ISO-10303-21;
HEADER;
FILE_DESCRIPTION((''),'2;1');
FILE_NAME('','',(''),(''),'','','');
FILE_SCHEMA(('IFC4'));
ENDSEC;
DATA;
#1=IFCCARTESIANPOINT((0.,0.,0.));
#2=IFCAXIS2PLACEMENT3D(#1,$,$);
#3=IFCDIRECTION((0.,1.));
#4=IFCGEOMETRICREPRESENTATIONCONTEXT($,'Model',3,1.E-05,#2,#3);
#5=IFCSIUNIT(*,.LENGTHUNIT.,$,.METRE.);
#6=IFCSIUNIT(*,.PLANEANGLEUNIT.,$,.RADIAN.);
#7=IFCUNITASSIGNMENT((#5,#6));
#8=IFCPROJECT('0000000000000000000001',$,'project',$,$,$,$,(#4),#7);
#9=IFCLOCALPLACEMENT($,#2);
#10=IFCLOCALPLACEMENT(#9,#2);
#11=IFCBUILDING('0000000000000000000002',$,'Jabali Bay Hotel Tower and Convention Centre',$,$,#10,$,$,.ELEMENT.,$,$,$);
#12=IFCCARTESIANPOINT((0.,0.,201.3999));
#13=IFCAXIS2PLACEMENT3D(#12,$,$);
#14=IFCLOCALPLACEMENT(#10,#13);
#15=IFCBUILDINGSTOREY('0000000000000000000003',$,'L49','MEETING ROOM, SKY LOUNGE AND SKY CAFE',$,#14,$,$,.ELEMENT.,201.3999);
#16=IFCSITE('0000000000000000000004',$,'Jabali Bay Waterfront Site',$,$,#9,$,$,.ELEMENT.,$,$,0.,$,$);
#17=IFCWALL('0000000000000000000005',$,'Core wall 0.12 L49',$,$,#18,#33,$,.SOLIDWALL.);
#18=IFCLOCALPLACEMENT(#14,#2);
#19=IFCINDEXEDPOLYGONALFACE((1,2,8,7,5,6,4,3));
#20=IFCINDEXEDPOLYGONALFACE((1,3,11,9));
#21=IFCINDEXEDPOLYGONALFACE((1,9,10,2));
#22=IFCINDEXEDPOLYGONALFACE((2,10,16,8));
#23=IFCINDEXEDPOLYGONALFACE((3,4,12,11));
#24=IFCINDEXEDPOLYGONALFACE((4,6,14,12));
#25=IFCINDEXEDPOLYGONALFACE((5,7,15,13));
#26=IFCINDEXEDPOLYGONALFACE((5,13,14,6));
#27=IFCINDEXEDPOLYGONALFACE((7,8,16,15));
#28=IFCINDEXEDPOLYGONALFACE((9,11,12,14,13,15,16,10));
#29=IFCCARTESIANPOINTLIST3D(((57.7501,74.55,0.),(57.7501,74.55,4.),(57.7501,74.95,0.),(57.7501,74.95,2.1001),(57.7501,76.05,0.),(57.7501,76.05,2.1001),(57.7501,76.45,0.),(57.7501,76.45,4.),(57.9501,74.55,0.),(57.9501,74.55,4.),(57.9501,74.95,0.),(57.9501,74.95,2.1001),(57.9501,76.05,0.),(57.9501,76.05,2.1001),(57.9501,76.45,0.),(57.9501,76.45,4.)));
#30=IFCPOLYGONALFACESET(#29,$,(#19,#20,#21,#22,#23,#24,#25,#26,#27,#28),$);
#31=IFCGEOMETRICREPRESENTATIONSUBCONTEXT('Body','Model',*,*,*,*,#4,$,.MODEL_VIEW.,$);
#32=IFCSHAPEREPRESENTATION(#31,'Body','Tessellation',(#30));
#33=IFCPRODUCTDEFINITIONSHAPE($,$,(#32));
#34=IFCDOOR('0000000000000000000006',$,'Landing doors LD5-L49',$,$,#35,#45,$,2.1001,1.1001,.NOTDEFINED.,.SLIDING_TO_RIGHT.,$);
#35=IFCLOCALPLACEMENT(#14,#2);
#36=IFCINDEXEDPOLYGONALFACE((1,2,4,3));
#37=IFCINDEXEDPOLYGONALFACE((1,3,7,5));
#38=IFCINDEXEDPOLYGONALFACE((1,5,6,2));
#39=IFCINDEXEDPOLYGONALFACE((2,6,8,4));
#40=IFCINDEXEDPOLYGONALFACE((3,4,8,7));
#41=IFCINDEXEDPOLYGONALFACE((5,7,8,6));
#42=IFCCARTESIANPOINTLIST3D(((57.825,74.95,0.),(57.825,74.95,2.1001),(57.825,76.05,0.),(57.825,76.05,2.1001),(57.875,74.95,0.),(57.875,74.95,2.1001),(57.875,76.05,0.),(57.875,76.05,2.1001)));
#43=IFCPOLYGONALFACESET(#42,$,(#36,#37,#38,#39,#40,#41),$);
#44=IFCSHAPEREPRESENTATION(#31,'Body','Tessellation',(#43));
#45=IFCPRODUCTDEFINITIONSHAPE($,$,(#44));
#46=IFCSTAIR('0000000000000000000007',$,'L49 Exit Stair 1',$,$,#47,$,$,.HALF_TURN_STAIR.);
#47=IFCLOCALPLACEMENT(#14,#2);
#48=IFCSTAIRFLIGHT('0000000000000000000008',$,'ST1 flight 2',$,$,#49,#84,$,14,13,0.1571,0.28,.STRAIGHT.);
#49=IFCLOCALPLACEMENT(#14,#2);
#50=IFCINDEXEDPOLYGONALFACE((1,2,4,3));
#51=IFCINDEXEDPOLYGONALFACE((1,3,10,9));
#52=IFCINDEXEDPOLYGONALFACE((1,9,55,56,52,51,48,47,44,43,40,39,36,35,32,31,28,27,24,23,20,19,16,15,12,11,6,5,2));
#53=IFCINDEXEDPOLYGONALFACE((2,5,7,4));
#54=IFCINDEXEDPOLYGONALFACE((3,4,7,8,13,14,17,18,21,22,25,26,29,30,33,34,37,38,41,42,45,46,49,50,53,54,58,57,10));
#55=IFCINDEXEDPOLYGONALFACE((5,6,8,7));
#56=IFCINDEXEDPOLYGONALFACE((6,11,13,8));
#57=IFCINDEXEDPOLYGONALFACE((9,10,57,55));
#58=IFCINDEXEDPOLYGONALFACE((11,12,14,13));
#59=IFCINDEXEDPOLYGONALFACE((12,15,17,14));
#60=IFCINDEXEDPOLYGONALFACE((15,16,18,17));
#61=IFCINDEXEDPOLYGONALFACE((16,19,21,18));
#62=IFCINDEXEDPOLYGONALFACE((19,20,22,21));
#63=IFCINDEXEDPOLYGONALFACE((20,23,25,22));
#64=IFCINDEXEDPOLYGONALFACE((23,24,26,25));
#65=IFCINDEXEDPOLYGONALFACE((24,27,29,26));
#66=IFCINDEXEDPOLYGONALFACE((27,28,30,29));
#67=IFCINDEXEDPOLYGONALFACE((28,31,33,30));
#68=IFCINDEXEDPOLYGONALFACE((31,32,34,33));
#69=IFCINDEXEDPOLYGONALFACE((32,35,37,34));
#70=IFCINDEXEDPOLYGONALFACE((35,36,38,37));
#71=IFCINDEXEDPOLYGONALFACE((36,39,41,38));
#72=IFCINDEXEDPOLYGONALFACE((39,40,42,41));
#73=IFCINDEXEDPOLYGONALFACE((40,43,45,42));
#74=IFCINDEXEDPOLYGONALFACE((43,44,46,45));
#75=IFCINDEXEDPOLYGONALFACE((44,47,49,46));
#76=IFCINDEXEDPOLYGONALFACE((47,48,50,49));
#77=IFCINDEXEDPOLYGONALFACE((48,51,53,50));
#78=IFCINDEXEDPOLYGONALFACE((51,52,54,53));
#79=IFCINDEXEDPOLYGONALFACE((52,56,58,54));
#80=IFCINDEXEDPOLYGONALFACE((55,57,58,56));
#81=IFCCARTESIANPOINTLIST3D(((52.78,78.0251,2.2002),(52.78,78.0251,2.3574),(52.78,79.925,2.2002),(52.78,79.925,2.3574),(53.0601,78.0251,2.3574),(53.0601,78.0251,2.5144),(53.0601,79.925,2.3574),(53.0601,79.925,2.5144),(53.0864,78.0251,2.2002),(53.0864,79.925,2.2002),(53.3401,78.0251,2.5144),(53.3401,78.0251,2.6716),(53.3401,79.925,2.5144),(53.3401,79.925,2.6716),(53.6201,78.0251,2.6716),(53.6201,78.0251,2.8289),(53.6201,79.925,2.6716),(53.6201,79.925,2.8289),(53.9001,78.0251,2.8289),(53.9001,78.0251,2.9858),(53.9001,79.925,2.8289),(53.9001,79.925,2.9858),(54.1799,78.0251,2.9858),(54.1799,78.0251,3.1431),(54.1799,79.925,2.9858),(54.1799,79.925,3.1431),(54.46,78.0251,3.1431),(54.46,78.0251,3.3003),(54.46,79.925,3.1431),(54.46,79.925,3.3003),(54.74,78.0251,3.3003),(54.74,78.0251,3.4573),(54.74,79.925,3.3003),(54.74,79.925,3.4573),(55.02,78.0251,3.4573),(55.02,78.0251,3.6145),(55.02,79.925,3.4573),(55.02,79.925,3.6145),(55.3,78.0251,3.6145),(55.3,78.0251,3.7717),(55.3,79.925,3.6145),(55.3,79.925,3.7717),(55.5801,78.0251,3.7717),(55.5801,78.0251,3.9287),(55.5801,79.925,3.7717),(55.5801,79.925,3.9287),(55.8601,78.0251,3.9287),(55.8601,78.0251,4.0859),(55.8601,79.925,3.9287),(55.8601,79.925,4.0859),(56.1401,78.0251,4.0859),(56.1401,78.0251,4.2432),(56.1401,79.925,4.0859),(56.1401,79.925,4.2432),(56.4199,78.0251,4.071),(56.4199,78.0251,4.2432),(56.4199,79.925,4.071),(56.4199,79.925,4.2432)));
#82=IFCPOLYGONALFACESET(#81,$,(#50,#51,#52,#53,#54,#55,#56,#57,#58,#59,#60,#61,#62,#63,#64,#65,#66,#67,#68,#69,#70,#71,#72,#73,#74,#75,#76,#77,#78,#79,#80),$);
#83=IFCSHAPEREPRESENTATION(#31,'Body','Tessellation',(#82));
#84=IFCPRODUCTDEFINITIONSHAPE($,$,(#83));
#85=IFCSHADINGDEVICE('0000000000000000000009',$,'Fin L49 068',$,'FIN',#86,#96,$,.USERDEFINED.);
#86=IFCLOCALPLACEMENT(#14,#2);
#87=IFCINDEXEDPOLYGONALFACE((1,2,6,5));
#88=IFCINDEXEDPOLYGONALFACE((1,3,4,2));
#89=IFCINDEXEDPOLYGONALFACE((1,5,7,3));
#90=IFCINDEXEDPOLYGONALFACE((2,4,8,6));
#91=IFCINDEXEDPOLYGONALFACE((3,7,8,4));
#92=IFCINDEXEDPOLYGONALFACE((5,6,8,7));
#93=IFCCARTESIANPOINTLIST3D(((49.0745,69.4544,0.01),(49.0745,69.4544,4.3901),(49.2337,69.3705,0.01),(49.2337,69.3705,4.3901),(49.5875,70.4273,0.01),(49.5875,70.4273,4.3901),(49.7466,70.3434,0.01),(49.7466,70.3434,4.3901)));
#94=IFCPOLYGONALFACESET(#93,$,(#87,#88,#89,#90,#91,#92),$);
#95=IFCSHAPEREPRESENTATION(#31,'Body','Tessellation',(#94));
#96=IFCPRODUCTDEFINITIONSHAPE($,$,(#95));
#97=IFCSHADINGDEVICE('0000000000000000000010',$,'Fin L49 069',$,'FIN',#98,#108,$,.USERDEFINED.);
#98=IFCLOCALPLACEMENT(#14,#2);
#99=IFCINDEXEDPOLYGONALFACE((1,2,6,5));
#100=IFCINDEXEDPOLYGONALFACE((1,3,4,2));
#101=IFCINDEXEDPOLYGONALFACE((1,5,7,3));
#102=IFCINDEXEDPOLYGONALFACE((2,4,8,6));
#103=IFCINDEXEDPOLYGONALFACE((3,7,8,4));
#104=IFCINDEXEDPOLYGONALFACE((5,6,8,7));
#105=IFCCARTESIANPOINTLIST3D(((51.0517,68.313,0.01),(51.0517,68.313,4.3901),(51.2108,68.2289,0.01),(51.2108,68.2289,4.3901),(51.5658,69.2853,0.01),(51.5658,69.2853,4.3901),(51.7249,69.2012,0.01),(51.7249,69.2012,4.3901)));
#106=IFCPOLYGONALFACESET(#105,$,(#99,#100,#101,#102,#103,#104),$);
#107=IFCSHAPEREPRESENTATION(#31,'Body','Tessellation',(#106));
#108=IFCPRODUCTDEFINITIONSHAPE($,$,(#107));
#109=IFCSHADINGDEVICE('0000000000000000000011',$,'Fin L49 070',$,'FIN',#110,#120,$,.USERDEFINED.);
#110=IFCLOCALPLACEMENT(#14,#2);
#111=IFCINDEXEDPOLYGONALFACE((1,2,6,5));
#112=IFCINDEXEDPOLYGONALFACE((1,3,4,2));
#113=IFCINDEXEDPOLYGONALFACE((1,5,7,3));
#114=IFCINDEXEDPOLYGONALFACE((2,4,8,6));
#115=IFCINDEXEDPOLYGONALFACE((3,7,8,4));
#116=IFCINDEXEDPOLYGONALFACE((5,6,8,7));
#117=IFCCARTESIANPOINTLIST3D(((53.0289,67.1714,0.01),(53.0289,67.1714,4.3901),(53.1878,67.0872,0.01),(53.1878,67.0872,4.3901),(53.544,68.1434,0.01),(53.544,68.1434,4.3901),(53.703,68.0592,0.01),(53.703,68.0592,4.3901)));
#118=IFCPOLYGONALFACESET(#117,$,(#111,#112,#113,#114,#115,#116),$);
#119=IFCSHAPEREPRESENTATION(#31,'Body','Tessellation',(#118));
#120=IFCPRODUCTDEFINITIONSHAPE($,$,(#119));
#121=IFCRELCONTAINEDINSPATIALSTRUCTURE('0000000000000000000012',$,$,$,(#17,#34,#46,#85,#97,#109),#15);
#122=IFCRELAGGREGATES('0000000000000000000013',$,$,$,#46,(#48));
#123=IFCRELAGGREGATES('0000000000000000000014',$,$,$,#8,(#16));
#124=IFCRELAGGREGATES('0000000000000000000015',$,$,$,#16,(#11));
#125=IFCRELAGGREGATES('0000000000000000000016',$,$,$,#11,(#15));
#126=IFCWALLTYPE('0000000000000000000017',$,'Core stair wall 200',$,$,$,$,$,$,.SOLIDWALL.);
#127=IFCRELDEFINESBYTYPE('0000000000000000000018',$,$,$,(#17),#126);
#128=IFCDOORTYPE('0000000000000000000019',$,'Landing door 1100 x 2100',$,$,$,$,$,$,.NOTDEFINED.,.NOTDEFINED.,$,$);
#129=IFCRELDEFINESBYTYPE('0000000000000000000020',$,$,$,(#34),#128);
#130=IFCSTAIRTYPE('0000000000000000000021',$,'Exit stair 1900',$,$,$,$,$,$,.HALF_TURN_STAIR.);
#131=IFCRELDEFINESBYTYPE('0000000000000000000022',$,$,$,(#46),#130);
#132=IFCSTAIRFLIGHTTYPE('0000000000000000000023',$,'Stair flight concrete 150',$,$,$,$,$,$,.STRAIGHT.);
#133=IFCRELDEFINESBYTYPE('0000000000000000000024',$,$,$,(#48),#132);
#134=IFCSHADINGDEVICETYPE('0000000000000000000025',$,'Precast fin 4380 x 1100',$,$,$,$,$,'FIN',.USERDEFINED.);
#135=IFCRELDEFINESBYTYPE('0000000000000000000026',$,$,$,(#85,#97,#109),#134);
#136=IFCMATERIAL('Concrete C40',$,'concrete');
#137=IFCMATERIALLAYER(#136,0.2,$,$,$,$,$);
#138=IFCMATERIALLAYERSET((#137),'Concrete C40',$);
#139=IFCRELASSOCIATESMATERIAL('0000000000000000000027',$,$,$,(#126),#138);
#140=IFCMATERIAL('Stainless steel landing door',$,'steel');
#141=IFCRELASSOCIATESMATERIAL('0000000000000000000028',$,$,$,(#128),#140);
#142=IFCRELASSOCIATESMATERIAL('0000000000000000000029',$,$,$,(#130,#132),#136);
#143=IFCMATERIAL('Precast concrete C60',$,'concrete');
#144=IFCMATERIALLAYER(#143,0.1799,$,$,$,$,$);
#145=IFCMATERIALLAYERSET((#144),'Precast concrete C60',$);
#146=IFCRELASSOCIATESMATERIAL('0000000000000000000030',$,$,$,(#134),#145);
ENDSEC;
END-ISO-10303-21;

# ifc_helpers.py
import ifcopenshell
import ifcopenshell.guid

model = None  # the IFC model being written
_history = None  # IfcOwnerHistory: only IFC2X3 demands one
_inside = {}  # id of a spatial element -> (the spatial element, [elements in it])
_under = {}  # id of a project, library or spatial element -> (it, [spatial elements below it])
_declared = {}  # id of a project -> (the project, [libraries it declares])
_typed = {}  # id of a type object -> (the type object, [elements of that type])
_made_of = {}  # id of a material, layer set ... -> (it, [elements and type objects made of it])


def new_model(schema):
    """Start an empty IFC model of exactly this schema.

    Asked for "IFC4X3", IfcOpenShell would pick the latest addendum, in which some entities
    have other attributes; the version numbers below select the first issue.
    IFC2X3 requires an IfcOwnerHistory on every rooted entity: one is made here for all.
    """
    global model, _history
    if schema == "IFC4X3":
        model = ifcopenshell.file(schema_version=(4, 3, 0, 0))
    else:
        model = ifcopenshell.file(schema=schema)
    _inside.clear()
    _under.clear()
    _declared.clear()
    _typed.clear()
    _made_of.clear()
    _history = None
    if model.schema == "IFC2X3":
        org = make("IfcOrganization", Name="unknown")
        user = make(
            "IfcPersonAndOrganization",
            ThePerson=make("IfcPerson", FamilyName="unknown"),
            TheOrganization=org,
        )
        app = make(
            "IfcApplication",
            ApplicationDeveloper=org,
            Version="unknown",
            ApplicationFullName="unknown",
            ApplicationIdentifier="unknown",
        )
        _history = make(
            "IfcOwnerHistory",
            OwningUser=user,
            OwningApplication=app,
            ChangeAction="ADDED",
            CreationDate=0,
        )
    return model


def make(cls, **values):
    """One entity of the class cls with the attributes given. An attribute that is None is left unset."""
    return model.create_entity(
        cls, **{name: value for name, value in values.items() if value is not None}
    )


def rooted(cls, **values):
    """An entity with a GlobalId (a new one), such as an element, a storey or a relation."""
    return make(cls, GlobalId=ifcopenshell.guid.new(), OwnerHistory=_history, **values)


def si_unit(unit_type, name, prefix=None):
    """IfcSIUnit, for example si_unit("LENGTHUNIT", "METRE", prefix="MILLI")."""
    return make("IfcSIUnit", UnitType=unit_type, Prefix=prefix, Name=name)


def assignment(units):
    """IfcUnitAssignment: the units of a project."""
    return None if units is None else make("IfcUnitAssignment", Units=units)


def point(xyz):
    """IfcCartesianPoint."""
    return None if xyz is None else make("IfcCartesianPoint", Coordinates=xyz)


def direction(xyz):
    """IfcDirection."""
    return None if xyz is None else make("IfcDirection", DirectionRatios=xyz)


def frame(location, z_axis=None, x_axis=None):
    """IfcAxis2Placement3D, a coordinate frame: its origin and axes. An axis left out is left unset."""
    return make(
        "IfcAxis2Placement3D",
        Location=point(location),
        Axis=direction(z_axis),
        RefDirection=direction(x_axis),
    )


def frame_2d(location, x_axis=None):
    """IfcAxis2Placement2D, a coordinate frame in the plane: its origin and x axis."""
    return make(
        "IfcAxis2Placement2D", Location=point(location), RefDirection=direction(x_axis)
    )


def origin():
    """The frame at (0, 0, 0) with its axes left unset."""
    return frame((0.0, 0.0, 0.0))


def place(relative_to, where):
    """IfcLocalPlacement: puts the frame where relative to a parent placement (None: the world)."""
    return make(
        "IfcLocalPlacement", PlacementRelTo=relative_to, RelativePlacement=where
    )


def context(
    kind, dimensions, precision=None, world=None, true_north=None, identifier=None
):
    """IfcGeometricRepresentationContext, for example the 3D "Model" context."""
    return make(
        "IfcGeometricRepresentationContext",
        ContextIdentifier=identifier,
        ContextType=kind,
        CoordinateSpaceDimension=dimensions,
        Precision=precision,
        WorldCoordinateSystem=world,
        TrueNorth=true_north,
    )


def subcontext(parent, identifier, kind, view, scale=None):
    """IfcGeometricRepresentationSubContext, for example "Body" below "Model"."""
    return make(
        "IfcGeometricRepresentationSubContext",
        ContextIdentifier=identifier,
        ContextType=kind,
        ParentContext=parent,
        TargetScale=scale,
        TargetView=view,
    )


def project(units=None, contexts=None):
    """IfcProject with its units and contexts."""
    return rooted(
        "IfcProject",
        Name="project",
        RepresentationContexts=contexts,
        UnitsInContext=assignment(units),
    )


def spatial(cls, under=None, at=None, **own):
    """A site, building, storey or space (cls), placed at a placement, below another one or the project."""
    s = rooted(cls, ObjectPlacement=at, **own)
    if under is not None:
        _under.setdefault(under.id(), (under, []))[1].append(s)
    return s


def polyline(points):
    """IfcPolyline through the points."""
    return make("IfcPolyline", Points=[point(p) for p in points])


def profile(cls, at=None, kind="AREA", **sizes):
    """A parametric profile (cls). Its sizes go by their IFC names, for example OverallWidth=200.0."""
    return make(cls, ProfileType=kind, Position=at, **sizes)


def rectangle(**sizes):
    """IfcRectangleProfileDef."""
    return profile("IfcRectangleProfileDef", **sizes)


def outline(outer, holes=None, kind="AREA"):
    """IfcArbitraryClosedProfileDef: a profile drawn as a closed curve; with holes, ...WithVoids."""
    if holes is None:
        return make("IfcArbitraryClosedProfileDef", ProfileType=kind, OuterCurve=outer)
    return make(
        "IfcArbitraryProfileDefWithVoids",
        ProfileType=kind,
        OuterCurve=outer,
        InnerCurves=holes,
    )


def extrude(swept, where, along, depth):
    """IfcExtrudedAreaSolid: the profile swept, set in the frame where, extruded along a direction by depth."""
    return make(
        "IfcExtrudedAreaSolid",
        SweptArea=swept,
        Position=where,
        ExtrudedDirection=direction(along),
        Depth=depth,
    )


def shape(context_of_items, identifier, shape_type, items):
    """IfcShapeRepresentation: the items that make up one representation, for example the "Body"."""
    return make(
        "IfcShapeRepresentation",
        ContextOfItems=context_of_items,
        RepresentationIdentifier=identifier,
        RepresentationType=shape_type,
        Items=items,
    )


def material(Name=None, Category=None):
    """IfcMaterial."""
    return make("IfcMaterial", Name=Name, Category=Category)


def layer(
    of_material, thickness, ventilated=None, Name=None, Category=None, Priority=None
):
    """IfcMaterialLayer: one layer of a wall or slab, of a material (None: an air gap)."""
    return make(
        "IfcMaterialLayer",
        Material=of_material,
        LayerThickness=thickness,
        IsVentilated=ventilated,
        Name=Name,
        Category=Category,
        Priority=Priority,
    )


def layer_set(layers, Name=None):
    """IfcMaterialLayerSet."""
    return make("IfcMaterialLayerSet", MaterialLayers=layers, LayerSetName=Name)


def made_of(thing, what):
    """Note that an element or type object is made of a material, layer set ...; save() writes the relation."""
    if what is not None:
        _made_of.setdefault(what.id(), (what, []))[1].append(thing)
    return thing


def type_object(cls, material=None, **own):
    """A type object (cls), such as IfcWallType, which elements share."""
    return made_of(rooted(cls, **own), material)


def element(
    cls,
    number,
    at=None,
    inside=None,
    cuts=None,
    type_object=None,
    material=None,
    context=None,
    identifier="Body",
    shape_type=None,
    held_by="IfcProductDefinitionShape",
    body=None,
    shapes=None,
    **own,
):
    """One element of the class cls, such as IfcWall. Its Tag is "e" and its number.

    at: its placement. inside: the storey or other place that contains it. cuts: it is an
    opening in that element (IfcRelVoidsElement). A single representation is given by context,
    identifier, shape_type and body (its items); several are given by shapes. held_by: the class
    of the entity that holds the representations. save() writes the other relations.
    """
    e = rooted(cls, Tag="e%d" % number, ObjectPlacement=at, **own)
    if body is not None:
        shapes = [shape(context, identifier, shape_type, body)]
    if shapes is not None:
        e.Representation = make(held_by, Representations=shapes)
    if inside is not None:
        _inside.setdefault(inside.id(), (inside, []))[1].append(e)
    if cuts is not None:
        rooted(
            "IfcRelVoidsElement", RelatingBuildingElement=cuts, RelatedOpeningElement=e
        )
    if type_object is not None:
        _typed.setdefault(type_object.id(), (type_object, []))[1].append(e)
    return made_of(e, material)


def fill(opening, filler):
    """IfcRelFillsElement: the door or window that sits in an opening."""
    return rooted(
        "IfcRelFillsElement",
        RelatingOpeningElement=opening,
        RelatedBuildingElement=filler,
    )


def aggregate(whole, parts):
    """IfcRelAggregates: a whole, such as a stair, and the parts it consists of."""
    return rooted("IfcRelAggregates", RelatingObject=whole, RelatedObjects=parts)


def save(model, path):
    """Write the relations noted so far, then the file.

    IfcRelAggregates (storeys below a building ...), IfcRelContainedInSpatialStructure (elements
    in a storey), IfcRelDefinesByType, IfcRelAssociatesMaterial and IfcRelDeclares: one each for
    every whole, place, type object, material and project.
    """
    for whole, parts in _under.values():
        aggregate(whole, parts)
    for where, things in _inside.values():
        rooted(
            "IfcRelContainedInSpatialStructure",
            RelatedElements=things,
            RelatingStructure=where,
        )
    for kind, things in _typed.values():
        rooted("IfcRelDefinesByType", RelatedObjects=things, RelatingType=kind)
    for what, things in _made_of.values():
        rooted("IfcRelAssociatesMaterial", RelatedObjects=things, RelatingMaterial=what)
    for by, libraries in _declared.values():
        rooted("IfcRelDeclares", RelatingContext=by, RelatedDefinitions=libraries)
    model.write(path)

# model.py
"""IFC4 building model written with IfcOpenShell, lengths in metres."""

from ifc_helpers import new_model, si_unit, direction, frame, frame_2d, origin, place, context, subcontext, project, spatial, polyline, rectangle, outline, extrude, material, layer, layer_set, type_object, element, fill, aggregate, save


model = new_model("IFC4")

# Units and contexts
model_context = context("Model", 3, precision=1e-05, world=origin(), true_north=direction((0.0, 1.0)))
body_context = subcontext(model_context, "Body", "Model", "MODEL_VIEW")
ifc_project = project(units=[si_unit("LENGTHUNIT", "METRE"), si_unit("PLANEANGLEUNIT", "RADIAN")], contexts=[model_context])

# Site, building, storey
site_placement = place(None, origin())
site = spatial("IfcSite", under=ifc_project, at=site_placement, Name="Jabali Bay Waterfront Site", CompositionType="ELEMENT", RefElevation=0.0)
building_placement = place(site_placement, origin())
building = spatial("IfcBuilding", under=site, at=building_placement, Name="Jabali Bay Hotel Tower and Convention Centre", CompositionType="ELEMENT")
storey_placement = place(building_placement, frame((0.0, 0.0, 201.3999)))
storey = spatial("IfcBuildingStorey", under=building, at=storey_placement, Name="L49", Description="MEETING ROOM, SKY LOUNGE AND SKY CAFE", CompositionType="ELEMENT", Elevation=201.3999)

# Wall, opening, door
ifc_material_1 = material(Name="Concrete C40", Category="concrete")
ifc_layer_1 = layer(ifc_material_1, 0.2)
ifc_layer_set_1 = layer_set([ifc_layer_1], Name="Concrete C40")
wall_type_1 = type_object("IfcWallType", Name="Core stair wall 200", PredefinedType="SOLIDWALL", material=ifc_layer_set_1)
wall_1_placement = place(storey_placement, frame((57.8501, 76.45, 0.0), z_axis=(0.0, 0.0, 1.0), x_axis=(0.0, -1.0, 0.0)))
wall_1 = element("IfcWall", 1, at=wall_1_placement, inside=storey, type_object=wall_type_1, Name="Core wall 0.12 L49", PredefinedType="SOLIDWALL", context=body_context, shape_type="SweptSolid", body=[
    extrude(rectangle(XDim=1.8999, YDim=0.2, at=frame_2d((0.95, 0.0))), origin(), (0.0, 0.0, 1.0), 4.0),
])
opening_1_placement = place(wall_1_placement, frame((0.3999, 0.0, 0.0)))
opening_1 = element("IfcOpeningElement", 2, at=opening_1_placement, cuts=wall_1, PredefinedType="OPENING", context=body_context, shape_type="SweptSolid", body=[
    extrude(rectangle(XDim=1.1001, YDim=2.1001, at=frame_2d((0.55, 1.05))), frame((0.0, 0.1104, 0.0), z_axis=(0.0, -1.0, 0.0), x_axis=(1.0, 0.0, 0.0)), (0.0, 0.0, 1.0), 0.2209),
])
ifc_material_2 = material(Name="Stainless steel landing door", Category="steel")
door_type_1 = type_object("IfcDoorType", Name="Landing door 1100 x 2100", OperationType="NOTDEFINED", PredefinedType="NOTDEFINED", material=ifc_material_2)
door_1_placement = place(opening_1_placement, origin())
door_1 = element("IfcDoor", 3, at=door_1_placement, inside=storey, type_object=door_type_1, Name="Landing doors LD5-L49", OperationType="SLIDING_TO_RIGHT", OverallHeight=2.1001, OverallWidth=1.1001, PredefinedType="NOTDEFINED", context=body_context, shape_type="SweptSolid", body=[
    extrude(rectangle(XDim=1.1001, YDim=2.1001, at=frame_2d((0.55, 1.05))), frame((0.0, 0.0249, 0.0), z_axis=(0.0, -1.0, 0.0), x_axis=(1.0, 0.0, 0.0)), (0.0, 0.0, 1.0), 0.05),
])
fill(opening_1, door_1)

# Stair, stair flight
stair_type = type_object("IfcStairType", Name="Exit stair 1900", PredefinedType="HALF_TURN_STAIR", material=ifc_material_1)
stair_placement = place(storey_placement, origin())
stair = element("IfcStair", 4, at=stair_placement, inside=storey, type_object=stair_type, Name="L49 Exit Stair 1", PredefinedType="HALF_TURN_STAIR")
stair_flight_type = type_object("IfcStairFlightType", Name="Stair flight concrete 150", PredefinedType="STRAIGHT", material=ifc_material_1)
stair_flight_placement = place(storey_placement, frame((52.78, 78.9751, 2.2002), z_axis=(0.0, 0.0, 1.0), x_axis=(1.0, 0.0, 0.0)))
stair_flight = element("IfcStairFlight", 5, at=stair_flight_placement, type_object=stair_flight_type, Name="ST1 flight 2", NumberOfRisers=14, NumberOfTreads=13, PredefinedType="STRAIGHT", RiserHeight=0.1571, TreadLength=0.28, context=body_context, shape_type="SweptSolid", body=[
    extrude(outline(polyline([(0.0, 0.0), (0.0, 0.1572), (0.28, 0.1572), (0.28, 0.3142), (0.5601, 0.3142), (0.5601, 0.4714), (0.8401, 0.4714), (0.8401, 0.6287), (1.1201, 0.6287), (1.1201, 0.7856), (1.3999, 0.7856), (1.3999, 0.9429), (1.6799, 0.9429), (1.6799, 1.1001), (1.96, 1.1001), (1.96, 1.2571), (2.24, 1.2571), (2.24, 1.4143), (2.52, 1.4143), (2.52, 1.5715), (2.8, 1.5715), (2.8, 1.7285), (3.0801, 1.7285), (3.0801, 1.8857), (3.3601, 1.8857), (3.3601, 2.043), (3.6399, 2.043), (3.6399, 2.2), (3.6399, 1.8708), (0.3064, 0.0), (0.0, 0.0)])), frame((0.0, 0.95, 0.0), z_axis=(0.0, -1.0, 0.0), x_axis=(1.0, 0.0, 0.0)), (0.0, 0.0, 1.0), 1.8999),
])
aggregate(stair, [stair_flight])

# Shading devices
ifc_material_3 = material(Name="Precast concrete C60", Category="concrete")
ifc_layer_2 = layer(ifc_material_3, 0.1799)
ifc_layer_set_2 = layer_set([ifc_layer_2], Name="Precast concrete C60")
shading_device_type = type_object("IfcShadingDeviceType", Name="Precast fin 4380 x 1100", ElementType="FIN", PredefinedType="USERDEFINED", material=ifc_layer_set_2)
for number, where, z_axis, x_axis, name in (
    (6, (49.667, 70.3853, 0.01), (0.0, 0.0, 1.0), (-0.466378, -0.884586, 0.0), "Fin L49 068"),
    (7, (51.6453, 69.2432, 0.01), (0.0, 0.0, 1.0), (-0.467429, -0.884031, 0.0), "Fin L49 069"),
):
    element("IfcShadingDevice", number, at=place(storey_placement, frame(where, z_axis=z_axis, x_axis=x_axis)), inside=storey, type_object=shading_device_type, Name=name, ObjectType="FIN", PredefinedType="USERDEFINED", context=body_context, shape_type="SweptSolid", body=[
        extrude(rectangle(XDim=1.0999, YDim=0.1799, at=frame_2d((0.5498, 0.0))), origin(), (0.0, 0.0, 1.0), 4.3801),
    ])
shading_device_placement = place(storey_placement, frame((53.6235, 68.1013, 0.01), z_axis=(0.0, 0.0, 1.0), x_axis=(-0.468306, -0.883566, 0.0)))
element("IfcShadingDevice", 8, at=shading_device_placement, inside=storey, type_object=shading_device_type, Name="Fin L49 070", ObjectType="FIN", PredefinedType="USERDEFINED", context=body_context, shape_type="SweptSolid", body=[
    extrude(rectangle(XDim=1.1001, YDim=0.1799, at=frame_2d((0.55, 0.0))), origin(), (0.0, 0.0, 1.0), 4.3801),
])

save(model, "model.ifc")
